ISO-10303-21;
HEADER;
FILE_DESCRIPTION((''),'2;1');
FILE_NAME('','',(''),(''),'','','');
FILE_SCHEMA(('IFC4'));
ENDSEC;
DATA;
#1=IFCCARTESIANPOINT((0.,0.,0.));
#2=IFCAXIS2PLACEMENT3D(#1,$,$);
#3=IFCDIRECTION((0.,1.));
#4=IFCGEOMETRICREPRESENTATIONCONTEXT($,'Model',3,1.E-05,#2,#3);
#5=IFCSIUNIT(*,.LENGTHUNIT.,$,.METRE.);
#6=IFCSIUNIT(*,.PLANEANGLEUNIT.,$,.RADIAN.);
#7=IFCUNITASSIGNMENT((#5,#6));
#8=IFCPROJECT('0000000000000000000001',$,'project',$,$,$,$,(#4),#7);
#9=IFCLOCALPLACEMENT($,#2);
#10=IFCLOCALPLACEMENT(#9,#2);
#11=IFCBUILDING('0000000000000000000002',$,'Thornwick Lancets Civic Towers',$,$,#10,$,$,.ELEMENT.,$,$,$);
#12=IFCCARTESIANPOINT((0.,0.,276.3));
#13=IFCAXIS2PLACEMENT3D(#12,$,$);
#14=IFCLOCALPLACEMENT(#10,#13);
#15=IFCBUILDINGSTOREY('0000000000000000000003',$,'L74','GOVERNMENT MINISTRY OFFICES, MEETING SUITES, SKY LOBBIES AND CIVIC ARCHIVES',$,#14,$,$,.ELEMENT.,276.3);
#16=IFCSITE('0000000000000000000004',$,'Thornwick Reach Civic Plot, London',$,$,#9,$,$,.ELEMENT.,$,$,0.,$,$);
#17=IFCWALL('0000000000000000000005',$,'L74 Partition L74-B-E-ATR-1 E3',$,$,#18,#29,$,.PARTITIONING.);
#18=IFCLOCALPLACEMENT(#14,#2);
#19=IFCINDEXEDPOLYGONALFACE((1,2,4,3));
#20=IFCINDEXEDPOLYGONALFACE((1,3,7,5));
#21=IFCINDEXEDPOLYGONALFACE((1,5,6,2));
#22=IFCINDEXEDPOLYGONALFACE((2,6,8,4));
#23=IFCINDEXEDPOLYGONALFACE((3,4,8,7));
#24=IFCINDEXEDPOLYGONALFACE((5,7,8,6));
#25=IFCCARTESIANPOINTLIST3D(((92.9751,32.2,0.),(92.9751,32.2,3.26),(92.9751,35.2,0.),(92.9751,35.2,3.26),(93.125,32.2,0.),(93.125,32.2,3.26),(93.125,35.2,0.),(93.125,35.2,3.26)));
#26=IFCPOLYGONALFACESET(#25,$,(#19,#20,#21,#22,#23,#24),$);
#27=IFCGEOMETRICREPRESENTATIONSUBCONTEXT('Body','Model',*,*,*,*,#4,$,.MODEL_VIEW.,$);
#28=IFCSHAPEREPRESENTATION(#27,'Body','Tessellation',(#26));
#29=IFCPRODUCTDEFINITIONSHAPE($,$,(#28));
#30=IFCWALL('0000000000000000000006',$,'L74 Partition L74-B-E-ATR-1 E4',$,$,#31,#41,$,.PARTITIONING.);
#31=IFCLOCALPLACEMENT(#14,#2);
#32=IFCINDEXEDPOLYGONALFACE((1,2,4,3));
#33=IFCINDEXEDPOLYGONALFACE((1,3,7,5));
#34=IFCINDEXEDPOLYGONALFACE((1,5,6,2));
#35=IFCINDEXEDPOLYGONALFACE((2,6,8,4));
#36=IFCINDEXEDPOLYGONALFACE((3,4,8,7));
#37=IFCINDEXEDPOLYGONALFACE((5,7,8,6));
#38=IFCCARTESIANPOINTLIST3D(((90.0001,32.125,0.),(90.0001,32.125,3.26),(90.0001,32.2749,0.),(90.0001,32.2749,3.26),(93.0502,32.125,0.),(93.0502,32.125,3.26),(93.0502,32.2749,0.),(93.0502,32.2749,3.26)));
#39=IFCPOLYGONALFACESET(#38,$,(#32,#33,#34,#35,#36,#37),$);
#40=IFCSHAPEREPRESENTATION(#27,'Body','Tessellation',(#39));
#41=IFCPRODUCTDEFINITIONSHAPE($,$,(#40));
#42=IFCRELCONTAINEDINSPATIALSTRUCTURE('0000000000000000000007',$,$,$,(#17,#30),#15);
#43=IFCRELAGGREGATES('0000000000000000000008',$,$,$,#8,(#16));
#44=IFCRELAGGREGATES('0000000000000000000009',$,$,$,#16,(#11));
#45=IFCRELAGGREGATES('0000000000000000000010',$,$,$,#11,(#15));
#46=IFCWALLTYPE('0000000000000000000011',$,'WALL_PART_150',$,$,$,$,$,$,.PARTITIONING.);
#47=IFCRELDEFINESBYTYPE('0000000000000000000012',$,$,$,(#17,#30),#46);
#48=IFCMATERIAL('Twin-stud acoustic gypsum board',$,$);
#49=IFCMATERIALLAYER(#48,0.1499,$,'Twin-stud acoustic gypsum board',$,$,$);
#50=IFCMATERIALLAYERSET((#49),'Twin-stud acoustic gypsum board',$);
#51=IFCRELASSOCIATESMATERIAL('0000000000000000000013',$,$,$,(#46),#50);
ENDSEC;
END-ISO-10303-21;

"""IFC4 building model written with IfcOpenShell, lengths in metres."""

from ifc_helpers import new_model, si_unit, direction, frame, frame_2d, origin, place, context, subcontext, project, spatial, rectangle, extrude, material, layer, layer_set, type_object, element, save


model = new_model("IFC4")

# Units and contexts
model_context = context("Model", 3, precision=1e-05, world=origin(), true_north=direction((0.0, 1.0)))
body_context = subcontext(model_context, "Body", "Model", "MODEL_VIEW")
ifc_project = project(units=[si_unit("LENGTHUNIT", "METRE"), si_unit("PLANEANGLEUNIT", "RADIAN")], contexts=[model_context])

# Site, building, storey
site_placement = place(None, origin())
site = spatial("IfcSite", under=ifc_project, at=site_placement, Name="Thornwick Reach Civic Plot, London", CompositionType="ELEMENT", RefElevation=0.0)
building_placement = place(site_placement, origin())
building = spatial("IfcBuilding", under=site, at=building_placement, Name="Thornwick Lancets Civic Towers", CompositionType="ELEMENT")
storey_placement = place(building_placement, frame((0.0, 0.0, 276.3)))
storey = spatial("IfcBuildingStorey", under=building, at=storey_placement, Name="L74", Description="GOVERNMENT MINISTRY OFFICES, MEETING SUITES, SKY LOBBIES AND CIVIC ARCHIVES", CompositionType="ELEMENT", Elevation=276.3)

# Shared definitions
ifc_material_1 = material(Name="Twin-stud acoustic gypsum board")
ifc_layer_1 = layer(ifc_material_1, 0.1499, Name="Twin-stud acoustic gypsum board")
ifc_layer_set_1 = layer_set([ifc_layer_1], Name="Twin-stud acoustic gypsum board")
wall_type_1 = type_object("IfcWallType", Name="WALL_PART_150", PredefinedType="PARTITIONING", material=ifc_layer_set_1)

# Walls
wall_1_placement = place(storey_placement, frame((93.05, 35.2, 0.0), z_axis=(0.0, 0.0, 1.0), x_axis=(0.0, -1.0, 0.0)))
element("IfcWall", 1, at=wall_1_placement, inside=storey, type_object=wall_type_1, Name="L74 Partition L74-B-E-ATR-1 E3", PredefinedType="PARTITIONING", context=body_context, shape_type="SweptSolid", body=[
    extrude(rectangle(XDim=3.0, YDim=0.1499, at=frame_2d((1.5, 0.0))), origin(), (0.0, 0.0, 1.0), 3.26),
])
wall_2_placement = place(storey_placement, frame((93.05, 32.2, 0.0), z_axis=(0.0, 0.0, 1.0), x_axis=(-1.0, 0.0, 0.0)))
element("IfcWall", 2, at=wall_2_placement, inside=storey, type_object=wall_type_1, Name="L74 Partition L74-B-E-ATR-1 E4", PredefinedType="PARTITIONING", context=body_context, shape_type="SweptSolid", body=[
    extrude(rectangle(XDim=3.05, YDim=0.1499, at=frame_2d((1.5249, 0.0))), origin(), (0.0, 0.0, 1.0), 3.26),
])

save(model, "model.ifc")
